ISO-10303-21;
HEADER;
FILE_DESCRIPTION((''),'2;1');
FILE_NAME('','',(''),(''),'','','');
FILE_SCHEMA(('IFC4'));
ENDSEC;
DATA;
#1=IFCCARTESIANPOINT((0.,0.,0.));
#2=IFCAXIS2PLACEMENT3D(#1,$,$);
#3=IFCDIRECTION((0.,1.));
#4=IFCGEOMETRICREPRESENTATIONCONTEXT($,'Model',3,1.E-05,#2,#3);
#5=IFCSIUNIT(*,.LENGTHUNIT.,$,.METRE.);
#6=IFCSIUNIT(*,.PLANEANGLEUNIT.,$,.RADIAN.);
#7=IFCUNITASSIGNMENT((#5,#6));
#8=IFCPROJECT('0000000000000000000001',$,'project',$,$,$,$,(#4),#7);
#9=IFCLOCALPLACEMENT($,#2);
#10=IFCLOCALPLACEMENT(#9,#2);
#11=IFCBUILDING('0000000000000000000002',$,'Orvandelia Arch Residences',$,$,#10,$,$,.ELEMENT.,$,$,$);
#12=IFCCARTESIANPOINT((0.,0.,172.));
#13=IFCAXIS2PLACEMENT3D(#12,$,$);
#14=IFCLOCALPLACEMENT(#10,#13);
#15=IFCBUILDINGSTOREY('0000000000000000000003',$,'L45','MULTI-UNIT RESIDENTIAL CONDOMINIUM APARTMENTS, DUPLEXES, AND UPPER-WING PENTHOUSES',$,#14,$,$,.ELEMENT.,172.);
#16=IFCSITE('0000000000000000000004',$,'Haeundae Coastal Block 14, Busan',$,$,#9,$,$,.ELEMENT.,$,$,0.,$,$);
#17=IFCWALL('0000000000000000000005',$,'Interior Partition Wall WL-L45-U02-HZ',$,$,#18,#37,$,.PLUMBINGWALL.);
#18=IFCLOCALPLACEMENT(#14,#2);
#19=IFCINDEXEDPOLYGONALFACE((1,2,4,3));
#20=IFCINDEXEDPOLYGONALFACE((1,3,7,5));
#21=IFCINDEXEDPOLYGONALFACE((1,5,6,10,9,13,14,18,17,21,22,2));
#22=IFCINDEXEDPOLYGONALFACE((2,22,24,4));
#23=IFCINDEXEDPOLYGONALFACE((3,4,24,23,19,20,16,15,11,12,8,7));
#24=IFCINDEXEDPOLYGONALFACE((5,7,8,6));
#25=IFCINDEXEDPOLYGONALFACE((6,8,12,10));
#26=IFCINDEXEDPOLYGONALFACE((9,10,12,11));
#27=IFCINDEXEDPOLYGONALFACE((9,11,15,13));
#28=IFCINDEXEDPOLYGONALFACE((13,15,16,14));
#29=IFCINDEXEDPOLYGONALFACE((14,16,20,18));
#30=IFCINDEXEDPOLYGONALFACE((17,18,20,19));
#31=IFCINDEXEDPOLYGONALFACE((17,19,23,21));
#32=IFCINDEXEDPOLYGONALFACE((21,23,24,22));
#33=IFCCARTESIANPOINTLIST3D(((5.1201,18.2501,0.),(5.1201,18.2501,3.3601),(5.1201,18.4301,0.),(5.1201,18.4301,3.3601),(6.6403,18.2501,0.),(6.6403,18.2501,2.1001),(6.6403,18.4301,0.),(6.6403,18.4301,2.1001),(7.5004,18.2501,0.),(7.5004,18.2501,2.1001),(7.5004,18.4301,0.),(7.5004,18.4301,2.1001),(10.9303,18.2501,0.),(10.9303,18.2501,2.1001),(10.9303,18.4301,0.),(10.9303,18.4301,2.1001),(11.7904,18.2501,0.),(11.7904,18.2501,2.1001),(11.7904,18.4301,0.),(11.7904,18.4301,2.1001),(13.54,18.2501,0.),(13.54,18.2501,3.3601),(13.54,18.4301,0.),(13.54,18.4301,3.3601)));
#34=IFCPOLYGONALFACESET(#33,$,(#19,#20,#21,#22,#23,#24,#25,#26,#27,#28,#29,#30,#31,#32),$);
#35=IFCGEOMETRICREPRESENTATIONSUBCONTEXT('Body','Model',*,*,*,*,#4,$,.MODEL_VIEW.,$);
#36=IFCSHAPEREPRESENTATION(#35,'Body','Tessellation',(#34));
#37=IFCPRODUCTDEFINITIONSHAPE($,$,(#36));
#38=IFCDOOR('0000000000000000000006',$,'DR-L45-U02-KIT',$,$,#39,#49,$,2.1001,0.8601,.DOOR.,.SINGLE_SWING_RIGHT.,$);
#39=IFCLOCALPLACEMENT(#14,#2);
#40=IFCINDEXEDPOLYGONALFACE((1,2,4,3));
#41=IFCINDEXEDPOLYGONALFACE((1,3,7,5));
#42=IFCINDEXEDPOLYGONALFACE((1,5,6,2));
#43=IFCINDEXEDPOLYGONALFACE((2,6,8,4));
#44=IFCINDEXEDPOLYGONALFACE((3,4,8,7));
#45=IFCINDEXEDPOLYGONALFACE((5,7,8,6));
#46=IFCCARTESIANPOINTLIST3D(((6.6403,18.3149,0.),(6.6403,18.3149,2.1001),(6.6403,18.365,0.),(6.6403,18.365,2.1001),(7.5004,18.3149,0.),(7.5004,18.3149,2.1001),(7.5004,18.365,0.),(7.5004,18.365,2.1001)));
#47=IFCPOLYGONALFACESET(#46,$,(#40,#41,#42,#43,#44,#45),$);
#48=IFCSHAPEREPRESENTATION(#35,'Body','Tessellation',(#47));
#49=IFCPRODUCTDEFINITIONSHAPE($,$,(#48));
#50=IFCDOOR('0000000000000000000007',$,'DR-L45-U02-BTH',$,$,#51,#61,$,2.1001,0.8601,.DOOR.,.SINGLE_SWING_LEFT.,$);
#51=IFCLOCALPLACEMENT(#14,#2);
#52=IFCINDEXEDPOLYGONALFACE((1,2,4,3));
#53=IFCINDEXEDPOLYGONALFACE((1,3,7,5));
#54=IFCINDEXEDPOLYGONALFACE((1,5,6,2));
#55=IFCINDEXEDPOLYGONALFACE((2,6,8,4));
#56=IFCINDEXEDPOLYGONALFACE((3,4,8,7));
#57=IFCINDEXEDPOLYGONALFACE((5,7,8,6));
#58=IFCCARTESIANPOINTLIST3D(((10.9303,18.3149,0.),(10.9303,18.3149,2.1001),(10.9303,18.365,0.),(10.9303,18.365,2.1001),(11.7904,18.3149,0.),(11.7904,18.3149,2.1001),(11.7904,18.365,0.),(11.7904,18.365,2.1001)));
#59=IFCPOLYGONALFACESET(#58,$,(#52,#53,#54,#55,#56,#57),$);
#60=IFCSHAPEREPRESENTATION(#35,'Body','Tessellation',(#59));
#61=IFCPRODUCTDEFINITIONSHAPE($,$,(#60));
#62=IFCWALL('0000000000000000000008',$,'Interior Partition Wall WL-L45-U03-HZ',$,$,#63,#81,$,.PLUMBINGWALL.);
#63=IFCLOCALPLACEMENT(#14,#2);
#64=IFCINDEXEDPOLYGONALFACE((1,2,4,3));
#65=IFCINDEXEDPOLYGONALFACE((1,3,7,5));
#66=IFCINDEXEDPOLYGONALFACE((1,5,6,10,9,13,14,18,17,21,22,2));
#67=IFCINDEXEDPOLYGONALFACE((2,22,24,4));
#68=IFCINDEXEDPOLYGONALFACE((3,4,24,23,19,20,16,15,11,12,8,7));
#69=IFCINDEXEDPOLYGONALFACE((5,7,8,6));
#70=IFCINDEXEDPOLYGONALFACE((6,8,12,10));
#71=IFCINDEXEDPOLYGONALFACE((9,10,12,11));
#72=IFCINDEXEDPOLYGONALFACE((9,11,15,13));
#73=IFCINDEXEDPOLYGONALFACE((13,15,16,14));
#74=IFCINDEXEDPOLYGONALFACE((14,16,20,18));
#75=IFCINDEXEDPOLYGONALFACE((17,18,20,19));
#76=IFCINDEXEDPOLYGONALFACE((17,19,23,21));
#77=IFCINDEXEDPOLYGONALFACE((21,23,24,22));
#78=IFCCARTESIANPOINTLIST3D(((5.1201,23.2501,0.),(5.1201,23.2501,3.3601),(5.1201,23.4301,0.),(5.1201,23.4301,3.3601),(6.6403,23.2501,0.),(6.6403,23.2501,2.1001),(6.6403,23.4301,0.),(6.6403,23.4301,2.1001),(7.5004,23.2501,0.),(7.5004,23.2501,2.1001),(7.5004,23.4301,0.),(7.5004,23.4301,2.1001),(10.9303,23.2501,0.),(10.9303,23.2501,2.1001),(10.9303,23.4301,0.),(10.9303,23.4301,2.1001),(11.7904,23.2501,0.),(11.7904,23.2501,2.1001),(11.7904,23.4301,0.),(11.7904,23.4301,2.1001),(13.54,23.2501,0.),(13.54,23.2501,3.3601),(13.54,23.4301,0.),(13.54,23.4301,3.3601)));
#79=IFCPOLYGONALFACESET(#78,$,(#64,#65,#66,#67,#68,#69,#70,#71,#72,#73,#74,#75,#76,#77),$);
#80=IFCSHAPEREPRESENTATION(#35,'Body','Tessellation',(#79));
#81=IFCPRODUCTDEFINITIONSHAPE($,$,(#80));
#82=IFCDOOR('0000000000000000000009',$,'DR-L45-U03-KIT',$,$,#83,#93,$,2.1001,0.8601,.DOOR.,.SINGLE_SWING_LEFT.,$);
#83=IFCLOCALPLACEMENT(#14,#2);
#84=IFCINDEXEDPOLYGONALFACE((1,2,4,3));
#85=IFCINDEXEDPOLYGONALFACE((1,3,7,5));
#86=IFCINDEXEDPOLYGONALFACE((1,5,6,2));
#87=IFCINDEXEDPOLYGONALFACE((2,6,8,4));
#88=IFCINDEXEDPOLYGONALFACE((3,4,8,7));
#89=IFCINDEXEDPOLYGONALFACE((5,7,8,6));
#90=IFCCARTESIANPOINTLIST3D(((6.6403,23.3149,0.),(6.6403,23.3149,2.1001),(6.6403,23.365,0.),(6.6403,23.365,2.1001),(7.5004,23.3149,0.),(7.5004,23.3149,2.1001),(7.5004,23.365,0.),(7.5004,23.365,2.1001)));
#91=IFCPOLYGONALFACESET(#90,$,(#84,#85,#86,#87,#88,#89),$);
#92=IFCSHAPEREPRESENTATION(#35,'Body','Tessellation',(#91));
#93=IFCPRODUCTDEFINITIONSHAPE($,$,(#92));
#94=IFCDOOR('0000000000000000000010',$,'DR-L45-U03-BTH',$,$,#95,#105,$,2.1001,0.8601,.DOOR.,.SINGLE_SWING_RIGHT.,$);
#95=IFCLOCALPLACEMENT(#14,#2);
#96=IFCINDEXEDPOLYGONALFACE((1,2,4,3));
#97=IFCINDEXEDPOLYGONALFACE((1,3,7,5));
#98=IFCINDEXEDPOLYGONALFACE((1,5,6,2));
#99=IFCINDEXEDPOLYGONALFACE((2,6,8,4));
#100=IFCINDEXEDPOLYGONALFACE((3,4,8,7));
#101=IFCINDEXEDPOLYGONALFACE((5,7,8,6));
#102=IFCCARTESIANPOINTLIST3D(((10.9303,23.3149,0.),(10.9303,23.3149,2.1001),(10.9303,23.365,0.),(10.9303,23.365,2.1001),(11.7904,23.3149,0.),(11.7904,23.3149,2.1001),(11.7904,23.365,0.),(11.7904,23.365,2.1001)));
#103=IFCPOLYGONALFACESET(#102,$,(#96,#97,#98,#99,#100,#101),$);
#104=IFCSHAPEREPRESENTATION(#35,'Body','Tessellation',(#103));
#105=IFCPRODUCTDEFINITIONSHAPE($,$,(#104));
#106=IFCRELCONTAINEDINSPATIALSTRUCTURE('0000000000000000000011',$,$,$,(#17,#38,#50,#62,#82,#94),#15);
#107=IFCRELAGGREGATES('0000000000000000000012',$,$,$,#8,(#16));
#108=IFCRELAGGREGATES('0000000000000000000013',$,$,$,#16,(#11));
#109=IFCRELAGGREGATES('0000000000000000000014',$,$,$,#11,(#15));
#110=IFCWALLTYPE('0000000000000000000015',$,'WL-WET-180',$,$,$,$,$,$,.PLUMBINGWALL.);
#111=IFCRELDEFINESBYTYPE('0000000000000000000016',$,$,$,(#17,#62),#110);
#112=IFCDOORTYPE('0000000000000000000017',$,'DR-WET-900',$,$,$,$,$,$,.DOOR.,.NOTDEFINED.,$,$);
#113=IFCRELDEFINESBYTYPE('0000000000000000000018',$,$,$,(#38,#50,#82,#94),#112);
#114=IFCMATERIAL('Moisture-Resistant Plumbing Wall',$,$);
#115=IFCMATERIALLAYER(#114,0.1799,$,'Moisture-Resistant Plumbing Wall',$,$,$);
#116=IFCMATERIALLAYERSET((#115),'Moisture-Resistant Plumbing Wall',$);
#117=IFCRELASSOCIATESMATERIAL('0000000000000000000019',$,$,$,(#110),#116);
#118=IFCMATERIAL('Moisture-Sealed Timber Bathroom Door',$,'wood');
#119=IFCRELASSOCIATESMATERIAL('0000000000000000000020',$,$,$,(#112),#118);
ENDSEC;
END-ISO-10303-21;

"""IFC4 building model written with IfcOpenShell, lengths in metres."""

from ifc_helpers import new_model, si_unit, direction, frame, frame_2d, origin, place, context, subcontext, project, spatial, rectangle, extrude, material, layer, layer_set, type_object, element, fill, save


model = new_model("IFC4")

# Units and contexts
model_context = context("Model", 3, precision=1e-05, world=origin(), true_north=direction((0.0, 1.0)))
body_context = subcontext(model_context, "Body", "Model", "MODEL_VIEW")
ifc_project = project(units=[si_unit("LENGTHUNIT", "METRE"), si_unit("PLANEANGLEUNIT", "RADIAN")], contexts=[model_context])

# Site, building, storey
site_placement = place(None, origin())
site = spatial("IfcSite", under=ifc_project, at=site_placement, Name="Haeundae Coastal Block 14, Busan", CompositionType="ELEMENT", RefElevation=0.0)
building_placement = place(site_placement, origin())
building = spatial("IfcBuilding", under=site, at=building_placement, Name="Orvandelia Arch Residences", CompositionType="ELEMENT")
storey_placement = place(building_placement, frame((0.0, 0.0, 172.0)))
storey = spatial("IfcBuildingStorey", under=building, at=storey_placement, Name="L45", Description="MULTI-UNIT RESIDENTIAL CONDOMINIUM APARTMENTS, DUPLEXES, AND UPPER-WING PENTHOUSES", CompositionType="ELEMENT", Elevation=172.0)

# Walls, openings, doors
ifc_material_1 = material(Name="Moisture-Resistant Plumbing Wall")
ifc_layer_1 = layer(ifc_material_1, 0.1799, Name="Moisture-Resistant Plumbing Wall")
ifc_layer_set_1 = layer_set([ifc_layer_1], Name="Moisture-Resistant Plumbing Wall")
wall_type_1 = type_object("IfcWallType", Name="WL-WET-180", PredefinedType="PLUMBINGWALL", material=ifc_layer_set_1)
wall_1_placement = place(storey_placement, frame((5.1201, 18.3401, 0.0), z_axis=(0.0, 0.0, 1.0), x_axis=(1.0, 0.0, 0.0)))
wall_1 = element("IfcWall", 1, at=wall_1_placement, inside=storey, type_object=wall_type_1, Name="Interior Partition Wall WL-L45-U02-HZ", PredefinedType="PLUMBINGWALL", context=body_context, shape_type="SweptSolid", body=[
    extrude(rectangle(XDim=8.4199, YDim=0.1799, at=frame_2d((4.21, 0.0))), origin(), (0.0, 0.0, 1.0), 3.3601),
])
opening_1_placement = place(wall_1_placement, frame((1.52, 0.0, 0.0)))
opening_1 = element("IfcOpeningElement", 2, at=opening_1_placement, cuts=wall_1, PredefinedType="OPENING", context=body_context, shape_type="SweptSolid", body=[
    extrude(rectangle(XDim=0.8601, YDim=2.1001, at=frame_2d((0.4302, 1.05))), frame((0.0, 0.1001, 0.0), z_axis=(0.0, -1.0, 0.0), x_axis=(1.0, 0.0, 0.0)), (0.0, 0.0, 1.0), 0.2),
])
opening_2_placement = place(wall_1_placement, frame((5.8101, 0.0, 0.0)))
opening_2 = element("IfcOpeningElement", 3, at=opening_2_placement, cuts=wall_1, PredefinedType="OPENING", context=body_context, shape_type="SweptSolid", body=[
    extrude(rectangle(XDim=0.8601, YDim=2.1001, at=frame_2d((0.4302, 1.05))), frame((0.0, 0.1001, 0.0), z_axis=(0.0, -1.0, 0.0), x_axis=(1.0, 0.0, 0.0)), (0.0, 0.0, 1.0), 0.2),
])
ifc_material_2 = material(Name="Moisture-Sealed Timber Bathroom Door", Category="wood")
door_type = type_object("IfcDoorType", Name="DR-WET-900", OperationType="NOTDEFINED", PredefinedType="DOOR", material=ifc_material_2)
door_1_placement = place(opening_1_placement, origin())
door_1 = element("IfcDoor", 4, at=door_1_placement, inside=storey, type_object=door_type, Name="DR-L45-U02-KIT", OperationType="SINGLE_SWING_RIGHT", OverallHeight=2.1001, OverallWidth=0.8601, PredefinedType="DOOR", context=body_context, shape_type="SweptSolid", body=[
    extrude(rectangle(XDim=0.8601, YDim=2.1001, at=frame_2d((0.4302, 1.05))), frame((0.0, 0.0249, 0.0), z_axis=(0.0, -1.0, 0.0), x_axis=(1.0, 0.0, 0.0)), (0.0, 0.0, 1.0), 0.05),
])
fill(opening_1, door_1)
door_2_placement = place(opening_2_placement, origin())
door_2 = element("IfcDoor", 5, at=door_2_placement, inside=storey, type_object=door_type, Name="DR-L45-U02-BTH", OperationType="SINGLE_SWING_LEFT", OverallHeight=2.1001, OverallWidth=0.8601, PredefinedType="DOOR", context=body_context, shape_type="SweptSolid", body=[
    extrude(rectangle(XDim=0.8601, YDim=2.1001, at=frame_2d((0.4302, 1.05))), frame((0.0, 0.0249, 0.0), z_axis=(0.0, -1.0, 0.0), x_axis=(1.0, 0.0, 0.0)), (0.0, 0.0, 1.0), 0.05),
])
fill(opening_2, door_2)
wall_2_placement = place(storey_placement, frame((5.1201, 23.3401, 0.0), z_axis=(0.0, 0.0, 1.0), x_axis=(1.0, 0.0, 0.0)))
wall_2 = element("IfcWall", 6, at=wall_2_placement, inside=storey, type_object=wall_type_1, Name="Interior Partition Wall WL-L45-U03-HZ", PredefinedType="PLUMBINGWALL", context=body_context, shape_type="SweptSolid", body=[
    extrude(rectangle(XDim=8.4199, YDim=0.1799, at=frame_2d((4.21, 0.0))), origin(), (0.0, 0.0, 1.0), 3.3601),
])
opening_3_placement = place(wall_2_placement, frame((1.52, 0.0, 0.0)))
opening_3 = element("IfcOpeningElement", 7, at=opening_3_placement, cuts=wall_2, PredefinedType="OPENING", context=body_context, shape_type="SweptSolid", body=[
    extrude(rectangle(XDim=0.8601, YDim=2.1001, at=frame_2d((0.4302, 1.05))), frame((0.0, 0.1001, 0.0), z_axis=(0.0, -1.0, 0.0), x_axis=(1.0, 0.0, 0.0)), (0.0, 0.0, 1.0), 0.2),
])
opening_4_placement = place(wall_2_placement, frame((5.8101, 0.0, 0.0)))
opening_4 = element("IfcOpeningElement", 8, at=opening_4_placement, cuts=wall_2, PredefinedType="OPENING", context=body_context, shape_type="SweptSolid", body=[
    extrude(rectangle(XDim=0.8601, YDim=2.1001, at=frame_2d((0.4302, 1.05))), frame((0.0, 0.1001, 0.0), z_axis=(0.0, -1.0, 0.0), x_axis=(1.0, 0.0, 0.0)), (0.0, 0.0, 1.0), 0.2),
])
door_3_placement = place(opening_3_placement, origin())
door_3 = element("IfcDoor", 9, at=door_3_placement, inside=storey, type_object=door_type, Name="DR-L45-U03-KIT", OperationType="SINGLE_SWING_LEFT", OverallHeight=2.1001, OverallWidth=0.8601, PredefinedType="DOOR", context=body_context, shape_type="SweptSolid", body=[
    extrude(rectangle(XDim=0.8601, YDim=2.1001, at=frame_2d((0.4302, 1.05))), frame((0.0, 0.0249, 0.0), z_axis=(0.0, -1.0, 0.0), x_axis=(1.0, 0.0, 0.0)), (0.0, 0.0, 1.0), 0.05),
])
fill(opening_3, door_3)
door_4_placement = place(opening_4_placement, origin())
door_4 = element("IfcDoor", 10, at=door_4_placement, inside=storey, type_object=door_type, Name="DR-L45-U03-BTH", OperationType="SINGLE_SWING_RIGHT", OverallHeight=2.1001, OverallWidth=0.8601, PredefinedType="DOOR", context=body_context, shape_type="SweptSolid", body=[
    extrude(rectangle(XDim=0.8601, YDim=2.1001, at=frame_2d((0.4302, 1.05))), frame((0.0, 0.0249, 0.0), z_axis=(0.0, -1.0, 0.0), x_axis=(1.0, 0.0, 0.0)), (0.0, 0.0, 1.0), 0.05),
])
fill(opening_4, door_4)

save(model, "model.ifc")
